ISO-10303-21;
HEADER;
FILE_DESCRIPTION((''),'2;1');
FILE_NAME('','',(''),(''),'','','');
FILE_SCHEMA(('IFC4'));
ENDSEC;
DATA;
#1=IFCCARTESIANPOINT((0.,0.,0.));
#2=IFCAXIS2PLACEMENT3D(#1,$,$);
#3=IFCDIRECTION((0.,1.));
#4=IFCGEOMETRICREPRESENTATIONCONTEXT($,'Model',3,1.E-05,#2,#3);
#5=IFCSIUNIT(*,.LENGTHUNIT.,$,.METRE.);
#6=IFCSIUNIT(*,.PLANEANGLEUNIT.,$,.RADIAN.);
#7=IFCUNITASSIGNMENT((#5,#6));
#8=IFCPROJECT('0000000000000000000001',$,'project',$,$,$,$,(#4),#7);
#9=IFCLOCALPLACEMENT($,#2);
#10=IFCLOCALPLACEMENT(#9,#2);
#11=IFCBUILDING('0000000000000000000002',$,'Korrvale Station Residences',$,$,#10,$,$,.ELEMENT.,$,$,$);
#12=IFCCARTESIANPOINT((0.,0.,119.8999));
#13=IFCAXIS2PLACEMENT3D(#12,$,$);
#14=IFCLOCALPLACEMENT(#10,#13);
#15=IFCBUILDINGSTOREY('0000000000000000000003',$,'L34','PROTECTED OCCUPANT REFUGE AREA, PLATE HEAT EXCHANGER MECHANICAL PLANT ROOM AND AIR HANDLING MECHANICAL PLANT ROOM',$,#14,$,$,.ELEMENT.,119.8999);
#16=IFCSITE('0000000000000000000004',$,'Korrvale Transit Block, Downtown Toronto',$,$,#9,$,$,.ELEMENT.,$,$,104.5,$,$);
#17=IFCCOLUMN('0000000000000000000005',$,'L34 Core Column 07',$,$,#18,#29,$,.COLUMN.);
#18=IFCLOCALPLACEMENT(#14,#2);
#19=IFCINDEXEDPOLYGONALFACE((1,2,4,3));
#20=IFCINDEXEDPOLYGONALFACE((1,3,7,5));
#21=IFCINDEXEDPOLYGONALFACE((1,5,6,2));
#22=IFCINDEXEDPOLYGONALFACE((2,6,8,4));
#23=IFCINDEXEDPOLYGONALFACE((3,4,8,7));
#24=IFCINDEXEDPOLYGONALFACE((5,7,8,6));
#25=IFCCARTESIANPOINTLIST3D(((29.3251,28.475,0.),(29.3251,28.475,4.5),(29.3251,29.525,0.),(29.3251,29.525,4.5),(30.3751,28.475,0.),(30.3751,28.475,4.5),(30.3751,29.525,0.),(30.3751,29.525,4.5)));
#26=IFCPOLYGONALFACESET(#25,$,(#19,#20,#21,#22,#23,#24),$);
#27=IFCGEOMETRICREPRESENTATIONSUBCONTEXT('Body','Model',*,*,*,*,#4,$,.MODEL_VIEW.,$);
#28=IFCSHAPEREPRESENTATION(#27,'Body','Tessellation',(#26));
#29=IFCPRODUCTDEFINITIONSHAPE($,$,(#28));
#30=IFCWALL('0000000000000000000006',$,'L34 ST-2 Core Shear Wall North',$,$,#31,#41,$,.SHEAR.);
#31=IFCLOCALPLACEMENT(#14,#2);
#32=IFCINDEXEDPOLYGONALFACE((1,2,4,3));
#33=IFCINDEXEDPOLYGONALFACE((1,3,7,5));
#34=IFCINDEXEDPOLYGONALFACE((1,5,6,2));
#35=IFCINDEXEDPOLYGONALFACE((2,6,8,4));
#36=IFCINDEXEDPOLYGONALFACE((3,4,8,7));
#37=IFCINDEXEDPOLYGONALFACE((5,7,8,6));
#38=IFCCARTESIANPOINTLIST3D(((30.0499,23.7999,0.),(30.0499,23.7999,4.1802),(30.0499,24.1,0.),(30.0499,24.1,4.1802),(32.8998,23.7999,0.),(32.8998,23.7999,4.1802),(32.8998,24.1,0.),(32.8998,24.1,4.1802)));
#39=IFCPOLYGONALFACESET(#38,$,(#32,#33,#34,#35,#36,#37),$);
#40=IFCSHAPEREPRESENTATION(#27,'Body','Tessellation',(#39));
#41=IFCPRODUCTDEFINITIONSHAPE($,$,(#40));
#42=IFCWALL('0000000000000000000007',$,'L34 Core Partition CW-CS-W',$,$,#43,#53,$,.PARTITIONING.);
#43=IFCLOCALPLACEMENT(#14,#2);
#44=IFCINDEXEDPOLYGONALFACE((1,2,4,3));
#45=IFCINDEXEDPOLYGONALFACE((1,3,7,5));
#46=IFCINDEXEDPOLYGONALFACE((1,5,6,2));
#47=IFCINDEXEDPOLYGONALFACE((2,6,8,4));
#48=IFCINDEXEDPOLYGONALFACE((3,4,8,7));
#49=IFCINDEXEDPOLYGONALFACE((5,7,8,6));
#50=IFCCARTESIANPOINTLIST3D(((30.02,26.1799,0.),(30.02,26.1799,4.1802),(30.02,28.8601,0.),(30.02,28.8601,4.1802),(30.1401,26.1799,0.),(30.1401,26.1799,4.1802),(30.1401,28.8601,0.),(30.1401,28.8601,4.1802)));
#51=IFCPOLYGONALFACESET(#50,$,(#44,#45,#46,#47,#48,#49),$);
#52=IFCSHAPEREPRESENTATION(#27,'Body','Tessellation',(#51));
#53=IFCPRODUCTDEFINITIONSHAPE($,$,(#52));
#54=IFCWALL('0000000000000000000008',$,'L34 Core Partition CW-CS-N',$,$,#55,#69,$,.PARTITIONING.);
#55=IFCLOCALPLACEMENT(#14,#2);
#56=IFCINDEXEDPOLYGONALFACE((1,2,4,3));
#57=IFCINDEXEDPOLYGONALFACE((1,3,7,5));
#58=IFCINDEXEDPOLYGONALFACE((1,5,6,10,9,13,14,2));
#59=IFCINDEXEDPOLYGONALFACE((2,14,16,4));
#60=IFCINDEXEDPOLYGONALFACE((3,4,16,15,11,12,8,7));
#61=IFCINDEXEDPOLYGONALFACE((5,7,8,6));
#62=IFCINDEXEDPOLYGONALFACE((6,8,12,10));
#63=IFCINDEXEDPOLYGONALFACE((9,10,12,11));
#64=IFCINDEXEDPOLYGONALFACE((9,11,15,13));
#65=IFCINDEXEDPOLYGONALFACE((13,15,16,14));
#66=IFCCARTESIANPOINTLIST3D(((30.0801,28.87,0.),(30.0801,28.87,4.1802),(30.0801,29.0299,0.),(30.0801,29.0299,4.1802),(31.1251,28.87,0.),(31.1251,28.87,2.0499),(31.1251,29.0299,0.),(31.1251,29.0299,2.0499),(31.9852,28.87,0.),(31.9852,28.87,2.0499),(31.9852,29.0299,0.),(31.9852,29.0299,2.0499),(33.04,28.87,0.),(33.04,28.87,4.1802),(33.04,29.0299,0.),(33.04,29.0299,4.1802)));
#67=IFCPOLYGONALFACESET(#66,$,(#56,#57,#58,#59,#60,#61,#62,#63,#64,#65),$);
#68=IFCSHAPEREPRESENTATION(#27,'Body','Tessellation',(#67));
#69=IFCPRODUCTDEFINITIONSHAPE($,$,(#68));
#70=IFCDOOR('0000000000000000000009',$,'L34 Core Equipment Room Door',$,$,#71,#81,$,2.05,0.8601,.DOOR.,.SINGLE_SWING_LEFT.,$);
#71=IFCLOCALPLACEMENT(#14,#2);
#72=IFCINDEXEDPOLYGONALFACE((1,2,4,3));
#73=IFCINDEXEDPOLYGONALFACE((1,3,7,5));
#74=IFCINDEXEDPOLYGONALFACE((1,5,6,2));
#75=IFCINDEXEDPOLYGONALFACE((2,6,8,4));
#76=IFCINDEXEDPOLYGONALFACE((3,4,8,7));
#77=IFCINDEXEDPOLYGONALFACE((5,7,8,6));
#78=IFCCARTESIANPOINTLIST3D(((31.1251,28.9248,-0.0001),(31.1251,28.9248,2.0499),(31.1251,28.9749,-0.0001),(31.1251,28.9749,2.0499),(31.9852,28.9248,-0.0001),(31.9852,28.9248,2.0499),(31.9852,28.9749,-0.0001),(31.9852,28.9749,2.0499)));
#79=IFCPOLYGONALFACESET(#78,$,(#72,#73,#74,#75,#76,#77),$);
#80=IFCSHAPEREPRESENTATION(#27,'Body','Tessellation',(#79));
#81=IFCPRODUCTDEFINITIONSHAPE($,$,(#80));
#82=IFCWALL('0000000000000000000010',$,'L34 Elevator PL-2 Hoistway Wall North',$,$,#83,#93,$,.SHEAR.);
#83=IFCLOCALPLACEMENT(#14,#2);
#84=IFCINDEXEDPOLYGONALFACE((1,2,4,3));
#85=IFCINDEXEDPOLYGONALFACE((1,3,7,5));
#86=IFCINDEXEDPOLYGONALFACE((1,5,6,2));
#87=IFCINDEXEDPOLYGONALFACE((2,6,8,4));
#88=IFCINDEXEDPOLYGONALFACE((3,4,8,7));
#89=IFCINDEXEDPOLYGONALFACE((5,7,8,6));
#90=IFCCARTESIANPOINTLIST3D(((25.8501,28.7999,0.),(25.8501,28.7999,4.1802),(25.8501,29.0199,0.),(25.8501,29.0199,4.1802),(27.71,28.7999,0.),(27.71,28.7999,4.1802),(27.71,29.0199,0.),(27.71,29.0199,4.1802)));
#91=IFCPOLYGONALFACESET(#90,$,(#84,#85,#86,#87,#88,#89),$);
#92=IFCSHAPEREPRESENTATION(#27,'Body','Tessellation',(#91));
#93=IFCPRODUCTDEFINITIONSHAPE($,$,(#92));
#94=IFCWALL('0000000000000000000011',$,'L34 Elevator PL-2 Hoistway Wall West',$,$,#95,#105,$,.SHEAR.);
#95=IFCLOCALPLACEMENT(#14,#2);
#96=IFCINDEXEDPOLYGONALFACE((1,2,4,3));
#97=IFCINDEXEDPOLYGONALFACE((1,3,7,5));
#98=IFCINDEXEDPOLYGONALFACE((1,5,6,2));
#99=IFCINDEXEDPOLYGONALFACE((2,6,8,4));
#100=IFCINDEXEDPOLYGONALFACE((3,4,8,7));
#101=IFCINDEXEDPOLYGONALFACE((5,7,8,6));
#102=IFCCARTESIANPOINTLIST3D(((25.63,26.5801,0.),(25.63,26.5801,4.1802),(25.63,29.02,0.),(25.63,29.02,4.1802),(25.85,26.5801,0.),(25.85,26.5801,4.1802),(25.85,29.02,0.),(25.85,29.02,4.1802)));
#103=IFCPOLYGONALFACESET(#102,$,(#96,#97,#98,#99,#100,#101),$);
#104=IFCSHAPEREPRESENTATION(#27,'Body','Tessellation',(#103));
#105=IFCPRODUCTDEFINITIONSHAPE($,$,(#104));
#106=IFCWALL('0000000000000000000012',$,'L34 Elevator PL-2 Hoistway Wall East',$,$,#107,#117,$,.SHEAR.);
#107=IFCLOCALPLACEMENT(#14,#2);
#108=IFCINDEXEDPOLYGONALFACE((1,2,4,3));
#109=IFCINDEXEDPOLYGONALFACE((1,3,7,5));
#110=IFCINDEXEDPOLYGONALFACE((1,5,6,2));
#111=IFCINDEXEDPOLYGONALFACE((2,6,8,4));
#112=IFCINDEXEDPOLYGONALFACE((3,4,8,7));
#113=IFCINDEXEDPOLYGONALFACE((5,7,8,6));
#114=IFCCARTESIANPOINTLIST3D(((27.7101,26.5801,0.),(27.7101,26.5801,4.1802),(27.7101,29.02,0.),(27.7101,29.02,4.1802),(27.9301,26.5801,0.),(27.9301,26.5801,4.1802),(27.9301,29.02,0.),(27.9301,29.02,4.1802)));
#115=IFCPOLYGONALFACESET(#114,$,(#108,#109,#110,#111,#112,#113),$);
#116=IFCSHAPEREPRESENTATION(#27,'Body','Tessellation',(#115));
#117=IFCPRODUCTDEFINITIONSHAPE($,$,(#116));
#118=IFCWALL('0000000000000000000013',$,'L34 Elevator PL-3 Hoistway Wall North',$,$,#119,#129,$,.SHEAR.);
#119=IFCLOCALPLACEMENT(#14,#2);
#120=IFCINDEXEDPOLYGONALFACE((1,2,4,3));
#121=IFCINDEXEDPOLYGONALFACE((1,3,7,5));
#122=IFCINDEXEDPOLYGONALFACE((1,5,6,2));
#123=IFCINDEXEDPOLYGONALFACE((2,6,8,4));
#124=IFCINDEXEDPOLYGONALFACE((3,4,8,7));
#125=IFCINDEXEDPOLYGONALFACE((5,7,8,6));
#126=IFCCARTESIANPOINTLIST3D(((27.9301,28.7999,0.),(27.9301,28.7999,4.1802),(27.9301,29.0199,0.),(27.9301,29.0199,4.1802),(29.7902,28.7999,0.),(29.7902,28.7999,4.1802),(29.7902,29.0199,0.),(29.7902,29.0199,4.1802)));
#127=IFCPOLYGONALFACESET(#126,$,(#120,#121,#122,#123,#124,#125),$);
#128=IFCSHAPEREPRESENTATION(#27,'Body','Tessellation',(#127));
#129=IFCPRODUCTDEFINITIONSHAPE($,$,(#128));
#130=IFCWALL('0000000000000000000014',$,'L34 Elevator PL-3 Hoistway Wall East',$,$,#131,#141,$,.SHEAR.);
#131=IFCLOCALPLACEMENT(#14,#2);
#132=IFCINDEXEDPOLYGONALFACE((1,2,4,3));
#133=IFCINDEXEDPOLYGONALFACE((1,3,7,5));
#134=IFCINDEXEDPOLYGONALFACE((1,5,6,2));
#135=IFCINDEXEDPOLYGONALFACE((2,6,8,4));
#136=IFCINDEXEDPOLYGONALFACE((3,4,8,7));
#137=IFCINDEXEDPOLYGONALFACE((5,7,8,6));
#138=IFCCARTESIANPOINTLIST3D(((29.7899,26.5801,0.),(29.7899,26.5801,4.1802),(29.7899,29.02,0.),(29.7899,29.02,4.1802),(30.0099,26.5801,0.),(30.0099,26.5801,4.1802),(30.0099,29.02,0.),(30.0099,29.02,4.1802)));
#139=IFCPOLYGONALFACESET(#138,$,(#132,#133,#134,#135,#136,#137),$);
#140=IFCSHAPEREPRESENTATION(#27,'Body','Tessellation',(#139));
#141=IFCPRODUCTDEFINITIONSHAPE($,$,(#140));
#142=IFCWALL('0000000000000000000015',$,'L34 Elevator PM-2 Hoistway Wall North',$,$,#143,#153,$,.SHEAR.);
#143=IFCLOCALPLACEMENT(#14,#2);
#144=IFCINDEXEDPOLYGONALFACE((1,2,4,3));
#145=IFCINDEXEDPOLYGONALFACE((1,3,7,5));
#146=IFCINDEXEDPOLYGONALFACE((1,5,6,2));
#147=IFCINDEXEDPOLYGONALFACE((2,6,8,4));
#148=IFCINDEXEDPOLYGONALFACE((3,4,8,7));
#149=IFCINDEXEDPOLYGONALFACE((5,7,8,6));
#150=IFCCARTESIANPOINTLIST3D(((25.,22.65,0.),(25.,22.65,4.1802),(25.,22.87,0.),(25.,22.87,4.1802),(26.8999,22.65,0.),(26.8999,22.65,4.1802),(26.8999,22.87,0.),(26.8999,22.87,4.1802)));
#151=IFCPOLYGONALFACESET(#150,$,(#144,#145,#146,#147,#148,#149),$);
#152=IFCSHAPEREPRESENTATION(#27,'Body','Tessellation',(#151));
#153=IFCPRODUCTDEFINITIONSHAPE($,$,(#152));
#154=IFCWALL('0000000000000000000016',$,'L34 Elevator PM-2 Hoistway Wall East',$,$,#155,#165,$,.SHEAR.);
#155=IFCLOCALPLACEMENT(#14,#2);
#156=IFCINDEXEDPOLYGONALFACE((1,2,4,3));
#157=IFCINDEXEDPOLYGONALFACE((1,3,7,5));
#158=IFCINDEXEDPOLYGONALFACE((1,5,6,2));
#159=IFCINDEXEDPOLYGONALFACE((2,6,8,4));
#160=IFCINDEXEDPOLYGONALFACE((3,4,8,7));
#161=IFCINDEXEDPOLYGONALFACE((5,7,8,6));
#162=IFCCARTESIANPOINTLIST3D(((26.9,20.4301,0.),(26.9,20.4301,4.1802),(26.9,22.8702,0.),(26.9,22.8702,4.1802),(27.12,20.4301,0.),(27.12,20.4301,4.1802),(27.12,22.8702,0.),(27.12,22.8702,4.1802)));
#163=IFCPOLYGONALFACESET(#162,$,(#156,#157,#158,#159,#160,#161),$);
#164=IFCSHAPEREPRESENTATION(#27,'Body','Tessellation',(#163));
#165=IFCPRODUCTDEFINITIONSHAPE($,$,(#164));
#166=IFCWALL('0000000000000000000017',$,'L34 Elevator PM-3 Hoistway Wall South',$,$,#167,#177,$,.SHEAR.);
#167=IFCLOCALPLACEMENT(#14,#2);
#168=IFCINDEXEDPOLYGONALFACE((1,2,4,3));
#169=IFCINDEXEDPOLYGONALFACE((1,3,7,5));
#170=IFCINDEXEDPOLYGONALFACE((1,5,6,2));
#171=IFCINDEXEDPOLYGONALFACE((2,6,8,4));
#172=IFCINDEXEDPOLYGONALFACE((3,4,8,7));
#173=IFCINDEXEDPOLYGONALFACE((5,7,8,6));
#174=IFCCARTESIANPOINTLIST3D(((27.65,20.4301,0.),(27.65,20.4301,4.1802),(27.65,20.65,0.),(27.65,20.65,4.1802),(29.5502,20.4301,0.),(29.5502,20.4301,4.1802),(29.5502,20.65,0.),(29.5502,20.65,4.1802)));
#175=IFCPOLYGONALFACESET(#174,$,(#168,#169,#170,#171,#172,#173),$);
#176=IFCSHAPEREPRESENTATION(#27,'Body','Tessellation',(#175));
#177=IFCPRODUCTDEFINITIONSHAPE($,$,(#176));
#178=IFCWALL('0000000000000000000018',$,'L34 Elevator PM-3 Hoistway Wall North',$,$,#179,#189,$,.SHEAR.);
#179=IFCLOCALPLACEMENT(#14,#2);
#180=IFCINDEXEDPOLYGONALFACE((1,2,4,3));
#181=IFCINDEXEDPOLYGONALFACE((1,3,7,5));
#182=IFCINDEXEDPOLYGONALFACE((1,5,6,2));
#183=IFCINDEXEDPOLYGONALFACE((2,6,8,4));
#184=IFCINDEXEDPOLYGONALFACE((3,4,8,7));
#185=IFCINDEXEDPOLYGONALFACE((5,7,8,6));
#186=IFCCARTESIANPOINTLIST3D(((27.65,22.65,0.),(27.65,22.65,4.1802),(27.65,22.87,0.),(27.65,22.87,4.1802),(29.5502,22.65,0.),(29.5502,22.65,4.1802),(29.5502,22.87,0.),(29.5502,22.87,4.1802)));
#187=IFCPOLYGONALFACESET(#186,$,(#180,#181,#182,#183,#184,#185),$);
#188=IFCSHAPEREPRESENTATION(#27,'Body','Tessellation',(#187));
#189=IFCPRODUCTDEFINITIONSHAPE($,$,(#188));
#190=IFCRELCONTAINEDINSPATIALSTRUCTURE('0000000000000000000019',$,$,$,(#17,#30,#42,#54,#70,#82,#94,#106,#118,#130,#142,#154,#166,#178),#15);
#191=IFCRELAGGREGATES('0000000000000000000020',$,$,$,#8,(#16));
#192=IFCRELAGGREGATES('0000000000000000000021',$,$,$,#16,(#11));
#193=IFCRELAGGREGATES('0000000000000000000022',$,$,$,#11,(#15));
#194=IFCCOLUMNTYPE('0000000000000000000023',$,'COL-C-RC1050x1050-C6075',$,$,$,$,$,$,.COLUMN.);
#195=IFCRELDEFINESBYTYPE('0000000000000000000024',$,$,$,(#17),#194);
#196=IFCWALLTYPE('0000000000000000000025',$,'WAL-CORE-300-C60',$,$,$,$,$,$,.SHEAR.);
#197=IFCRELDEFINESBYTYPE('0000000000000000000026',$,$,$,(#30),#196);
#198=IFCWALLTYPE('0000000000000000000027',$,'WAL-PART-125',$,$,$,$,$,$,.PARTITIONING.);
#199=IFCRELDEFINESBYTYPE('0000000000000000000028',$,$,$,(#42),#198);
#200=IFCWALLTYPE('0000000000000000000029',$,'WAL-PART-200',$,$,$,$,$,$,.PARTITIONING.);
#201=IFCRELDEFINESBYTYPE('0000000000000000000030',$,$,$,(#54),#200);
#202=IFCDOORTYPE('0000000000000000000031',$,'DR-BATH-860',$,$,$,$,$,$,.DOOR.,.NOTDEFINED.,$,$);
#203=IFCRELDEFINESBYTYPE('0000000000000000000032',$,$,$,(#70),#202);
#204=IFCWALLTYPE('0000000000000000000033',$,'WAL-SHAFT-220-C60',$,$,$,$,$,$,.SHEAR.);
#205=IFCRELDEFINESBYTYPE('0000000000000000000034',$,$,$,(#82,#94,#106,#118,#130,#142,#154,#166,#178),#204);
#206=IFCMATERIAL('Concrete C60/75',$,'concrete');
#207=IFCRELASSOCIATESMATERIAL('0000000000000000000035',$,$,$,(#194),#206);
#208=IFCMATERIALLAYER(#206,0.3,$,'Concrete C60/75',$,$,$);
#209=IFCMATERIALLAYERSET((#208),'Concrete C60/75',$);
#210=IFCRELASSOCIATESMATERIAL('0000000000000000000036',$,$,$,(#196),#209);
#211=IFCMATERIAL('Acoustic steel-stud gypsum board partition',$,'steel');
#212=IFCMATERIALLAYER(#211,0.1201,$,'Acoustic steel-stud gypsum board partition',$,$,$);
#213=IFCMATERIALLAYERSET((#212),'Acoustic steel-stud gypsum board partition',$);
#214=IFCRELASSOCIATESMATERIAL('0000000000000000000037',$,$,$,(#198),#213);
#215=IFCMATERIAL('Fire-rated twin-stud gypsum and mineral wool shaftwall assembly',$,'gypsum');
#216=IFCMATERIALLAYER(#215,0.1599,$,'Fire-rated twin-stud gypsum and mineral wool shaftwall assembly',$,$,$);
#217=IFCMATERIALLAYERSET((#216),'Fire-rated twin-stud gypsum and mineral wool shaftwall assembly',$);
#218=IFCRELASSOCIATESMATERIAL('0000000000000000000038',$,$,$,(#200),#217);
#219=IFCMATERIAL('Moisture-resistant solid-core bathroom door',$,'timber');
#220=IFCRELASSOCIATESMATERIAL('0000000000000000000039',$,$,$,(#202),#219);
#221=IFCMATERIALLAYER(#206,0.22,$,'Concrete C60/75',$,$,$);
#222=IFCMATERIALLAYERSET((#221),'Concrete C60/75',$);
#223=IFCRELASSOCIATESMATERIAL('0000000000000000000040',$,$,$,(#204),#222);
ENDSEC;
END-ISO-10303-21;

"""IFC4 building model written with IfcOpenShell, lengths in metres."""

from ifc_helpers import new_model, si_unit, direction, frame, frame_2d, origin, origin_2d, place, context, subcontext, project, spatial, rectangle, extrude, material, layer, layer_set, material_profile, profile_set, type_object, element, fill, save


model = new_model("IFC4")

# Units and contexts
model_context = context("Model", 3, precision=1e-05, world=origin(), true_north=direction((0.0, 1.0)))
body_context = subcontext(model_context, "Body", "Model", "MODEL_VIEW")
ifc_project = project(units=[si_unit("LENGTHUNIT", "METRE"), si_unit("PLANEANGLEUNIT", "RADIAN")], contexts=[model_context])

# Site, building, storey
site_placement = place(None, origin())
site = spatial("IfcSite", under=ifc_project, at=site_placement, Name="Korrvale Transit Block, Downtown Toronto", CompositionType="ELEMENT", RefElevation=104.5)
building_placement = place(site_placement, origin())
building = spatial("IfcBuilding", under=site, at=building_placement, Name="Korrvale Station Residences", CompositionType="ELEMENT")
storey_placement = place(building_placement, frame((0.0, 0.0, 119.8999)))
storey = spatial("IfcBuildingStorey", under=building, at=storey_placement, Name="L34", Description="PROTECTED OCCUPANT REFUGE AREA, PLATE HEAT EXCHANGER MECHANICAL PLANT ROOM AND AIR HANDLING MECHANICAL PLANT ROOM", CompositionType="ELEMENT", Elevation=119.8999)

# Column
ifc_material_1 = material(Name="Concrete C60/75", Category="concrete")
ifc_material_profile = material_profile(ifc_material_1, rectangle(XDim=1.05, YDim=1.05, at=origin_2d()), Name="RC1050x1050")
ifc_profile_set = profile_set([ifc_material_profile], Name="Concrete C60/75")
column_type = type_object("IfcColumnType", Name="COL-C-RC1050x1050-C6075", PredefinedType="COLUMN", material=ifc_profile_set)
column_placement = place(storey_placement, frame((29.8501, 29.0, 0.0), z_axis=(0.0, 0.0, 1.0), x_axis=(1.0, 0.0, 0.0)))
element("IfcColumn", 1, at=column_placement, inside=storey, type_object=column_type, Name="L34 Core Column 07", PredefinedType="COLUMN", context=body_context, shape_type="SweptSolid", body=[
    extrude(rectangle(XDim=1.05, YDim=1.05, at=origin_2d()), origin(), (0.0, 0.0, 1.0), 4.5),
])

# Walls
ifc_layer_1 = layer(ifc_material_1, 0.3, Name="Concrete C60/75")
ifc_layer_set_1 = layer_set([ifc_layer_1], Name="Concrete C60/75")
wall_type_1 = type_object("IfcWallType", Name="WAL-CORE-300-C60", PredefinedType="SHEAR", material=ifc_layer_set_1)
wall_1_placement = place(storey_placement, frame((30.05, 23.95, 0.0), z_axis=(0.0, 0.0, 1.0), x_axis=(1.0, 0.0, 0.0)))
element("IfcWall", 2, at=wall_1_placement, inside=storey, type_object=wall_type_1, Name="L34 ST-2 Core Shear Wall North", PredefinedType="SHEAR", context=body_context, shape_type="SweptSolid", body=[
    extrude(rectangle(XDim=2.8499, YDim=0.3, at=frame_2d((1.4248, 0.0))), origin(), (0.0, 0.0, 1.0), 4.1802),
])
ifc_material_2 = material(Name="Acoustic steel-stud gypsum board partition", Category="steel")
ifc_layer_2 = layer(ifc_material_2, 0.1201, Name="Acoustic steel-stud gypsum board partition")
ifc_layer_set_2 = layer_set([ifc_layer_2], Name="Acoustic steel-stud gypsum board partition")
wall_type_2 = type_object("IfcWallType", Name="WAL-PART-125", PredefinedType="PARTITIONING", material=ifc_layer_set_2)
wall_2_placement = place(storey_placement, frame((30.0801, 26.1799, 0.0), z_axis=(0.0, 0.0, 1.0), x_axis=(0.0, 1.0, 0.0)))
element("IfcWall", 3, at=wall_2_placement, inside=storey, type_object=wall_type_2, Name="L34 Core Partition CW-CS-W", PredefinedType="PARTITIONING", context=body_context, shape_type="SweptSolid", body=[
    extrude(rectangle(XDim=2.6802, YDim=0.1201, at=frame_2d((1.3401, 0.0))), origin(), (0.0, 0.0, 1.0), 4.1802),
])

# Wall, opening, door
ifc_material_3 = material(Name="Fire-rated twin-stud gypsum and mineral wool shaftwall assembly", Category="gypsum")
ifc_layer_3 = layer(ifc_material_3, 0.1599, Name="Fire-rated twin-stud gypsum and mineral wool shaftwall assembly")
ifc_layer_set_3 = layer_set([ifc_layer_3], Name="Fire-rated twin-stud gypsum and mineral wool shaftwall assembly")
wall_type_3 = type_object("IfcWallType", Name="WAL-PART-200", PredefinedType="PARTITIONING", material=ifc_layer_set_3)
wall_3_placement = place(storey_placement, frame((30.0801, 28.95, 0.0), z_axis=(0.0, 0.0, 1.0), x_axis=(1.0, 0.0, 0.0)))
wall_3 = element("IfcWall", 4, at=wall_3_placement, inside=storey, type_object=wall_type_3, Name="L34 Core Partition CW-CS-N", PredefinedType="PARTITIONING", context=body_context, shape_type="SweptSolid", body=[
    extrude(rectangle(XDim=2.96, YDim=0.1599, at=frame_2d((1.48, 0.0))), origin(), (0.0, 0.0, 1.0), 4.1802),
])
opening_1_placement = place(wall_3_placement, frame((1.0449, 0.0, 0.0)))
opening_1 = element("IfcOpeningElement", 5, at=opening_1_placement, cuts=wall_3, PredefinedType="OPENING", context=body_context, shape_type="SweptSolid", body=[
    extrude(rectangle(XDim=0.8601, YDim=2.05, at=frame_2d((0.4302, 1.0249))), frame((0.0, 0.0898, 0.0), z_axis=(0.0, -1.0, 0.0), x_axis=(1.0, 0.0, 0.0)), (0.0, 0.0, 1.0), 0.1799),
])
ifc_material_4 = material(Name="Moisture-resistant solid-core bathroom door", Category="timber")
door_type_1 = type_object("IfcDoorType", Name="DR-BATH-860", OperationType="NOTDEFINED", PredefinedType="DOOR", material=ifc_material_4)
door_1_placement = place(opening_1_placement, origin())
door_1 = element("IfcDoor", 6, at=door_1_placement, inside=storey, type_object=door_type_1, Name="L34 Core Equipment Room Door", OperationType="SINGLE_SWING_LEFT", OverallHeight=2.05, OverallWidth=0.8601, PredefinedType="DOOR", context=body_context, shape_type="SweptSolid", body=[
    extrude(rectangle(XDim=0.8601, YDim=2.05, at=frame_2d((0.4302, 1.0249))), frame((0.0, 0.0249, 0.0), z_axis=(0.0, -1.0, 0.0), x_axis=(1.0, 0.0, 0.0)), (0.0, 0.0, 1.0), 0.05),
])
fill(opening_1, door_1)
ifc_layer_4 = layer(ifc_material_1, 0.22, Name="Concrete C60/75")
ifc_layer_set_4 = layer_set([ifc_layer_4], Name="Concrete C60/75")
wall_type_4 = type_object("IfcWallType", Name="WAL-SHAFT-220-C60", PredefinedType="SHEAR", material=ifc_layer_set_4)

# Walls
wall_4_placement = place(storey_placement, frame((25.8501, 28.9099, 0.0), z_axis=(0.0, 0.0, 1.0), x_axis=(1.0, 0.0, 0.0)))
element("IfcWall", 7, at=wall_4_placement, inside=storey, type_object=wall_type_4, Name="L34 Elevator PL-2 Hoistway Wall North", PredefinedType="SHEAR", context=body_context, shape_type="SweptSolid", body=[
    extrude(rectangle(XDim=1.8599, YDim=0.22, at=frame_2d((0.9299, 0.0))), origin(), (0.0, 0.0, 1.0), 4.1802),
])
for number, where, z_axis, x_axis, name in (
    (8, (25.74, 26.5801, 0.0), (0.0, 0.0, 1.0), (0.0, 1.0, 0.0), "L34 Elevator PL-2 Hoistway Wall West"),
    (9, (27.8201, 26.5801, 0.0), (0.0, 0.0, 1.0), (0.0, 1.0, 0.0), "L34 Elevator PL-2 Hoistway Wall East"),
):
    element("IfcWall", number, at=place(storey_placement, frame(where, z_axis=z_axis, x_axis=x_axis)), inside=storey, type_object=wall_type_4, Name=name, PredefinedType="SHEAR", context=body_context, shape_type="SweptSolid", body=[
        extrude(rectangle(XDim=2.4399, YDim=0.22, at=frame_2d((1.22, 0.0))), origin(), (0.0, 0.0, 1.0), 4.1802),
    ])

# Walls
wall_5_placement = place(storey_placement, frame((27.9299, 28.9099, 0.0), z_axis=(0.0, 0.0, 1.0), x_axis=(1.0, 0.0, 0.0)))
element("IfcWall", 10, at=wall_5_placement, inside=storey, type_object=wall_type_4, Name="L34 Elevator PL-3 Hoistway Wall North", PredefinedType="SHEAR", context=body_context, shape_type="SweptSolid", body=[
    extrude(rectangle(XDim=1.8601, YDim=0.22, at=frame_2d((0.9302, 0.0))), origin(), (0.0, 0.0, 1.0), 4.1802),
])
wall_6_placement = place(storey_placement, frame((29.8999, 26.5801, 0.0), z_axis=(0.0, 0.0, 1.0), x_axis=(0.0, 1.0, 0.0)))
element("IfcWall", 11, at=wall_6_placement, inside=storey, type_object=wall_type_4, Name="L34 Elevator PL-3 Hoistway Wall East", PredefinedType="SHEAR", context=body_context, shape_type="SweptSolid", body=[
    extrude(rectangle(XDim=2.4399, YDim=0.22, at=frame_2d((1.22, 0.0))), origin(), (0.0, 0.0, 1.0), 4.1802),
])
wall_7_placement = place(storey_placement, frame((25.0, 22.76, 0.0), z_axis=(0.0, 0.0, 1.0), x_axis=(1.0, 0.0, 0.0)))
element("IfcWall", 12, at=wall_7_placement, inside=storey, type_object=wall_type_4, Name="L34 Elevator PM-2 Hoistway Wall North", PredefinedType="SHEAR", context=body_context, shape_type="SweptSolid", body=[
    extrude(rectangle(XDim=1.8999, YDim=0.22, at=frame_2d((0.95, 0.0))), origin(), (0.0, 0.0, 1.0), 4.1802),
])
wall_8_placement = place(storey_placement, frame((27.01, 20.4299, 0.0), z_axis=(0.0, 0.0, 1.0), x_axis=(0.0, 1.0, 0.0)))
element("IfcWall", 13, at=wall_8_placement, inside=storey, type_object=wall_type_4, Name="L34 Elevator PM-2 Hoistway Wall East", PredefinedType="SHEAR", context=body_context, shape_type="SweptSolid", body=[
    extrude(rectangle(XDim=2.4402, YDim=0.22, at=frame_2d((1.2202, 0.0))), origin(), (0.0, 0.0, 1.0), 4.1802),
])
for number, where, z_axis, x_axis, name in (
    (14, (27.6499, 20.54, 0.0), (0.0, 0.0, 1.0), (1.0, 0.0, 0.0), "L34 Elevator PM-3 Hoistway Wall South"),
    (15, (27.6499, 22.76, 0.0), (0.0, 0.0, 1.0), (1.0, 0.0, 0.0), "L34 Elevator PM-3 Hoistway Wall North"),
):
    element("IfcWall", number, at=place(storey_placement, frame(where, z_axis=z_axis, x_axis=x_axis)), inside=storey, type_object=wall_type_4, Name=name, PredefinedType="SHEAR", context=body_context, shape_type="SweptSolid", body=[
        extrude(rectangle(XDim=1.9001, YDim=0.22, at=frame_2d((0.9502, 0.0))), origin(), (0.0, 0.0, 1.0), 4.1802),
    ])

save(model, "model.ifc")
